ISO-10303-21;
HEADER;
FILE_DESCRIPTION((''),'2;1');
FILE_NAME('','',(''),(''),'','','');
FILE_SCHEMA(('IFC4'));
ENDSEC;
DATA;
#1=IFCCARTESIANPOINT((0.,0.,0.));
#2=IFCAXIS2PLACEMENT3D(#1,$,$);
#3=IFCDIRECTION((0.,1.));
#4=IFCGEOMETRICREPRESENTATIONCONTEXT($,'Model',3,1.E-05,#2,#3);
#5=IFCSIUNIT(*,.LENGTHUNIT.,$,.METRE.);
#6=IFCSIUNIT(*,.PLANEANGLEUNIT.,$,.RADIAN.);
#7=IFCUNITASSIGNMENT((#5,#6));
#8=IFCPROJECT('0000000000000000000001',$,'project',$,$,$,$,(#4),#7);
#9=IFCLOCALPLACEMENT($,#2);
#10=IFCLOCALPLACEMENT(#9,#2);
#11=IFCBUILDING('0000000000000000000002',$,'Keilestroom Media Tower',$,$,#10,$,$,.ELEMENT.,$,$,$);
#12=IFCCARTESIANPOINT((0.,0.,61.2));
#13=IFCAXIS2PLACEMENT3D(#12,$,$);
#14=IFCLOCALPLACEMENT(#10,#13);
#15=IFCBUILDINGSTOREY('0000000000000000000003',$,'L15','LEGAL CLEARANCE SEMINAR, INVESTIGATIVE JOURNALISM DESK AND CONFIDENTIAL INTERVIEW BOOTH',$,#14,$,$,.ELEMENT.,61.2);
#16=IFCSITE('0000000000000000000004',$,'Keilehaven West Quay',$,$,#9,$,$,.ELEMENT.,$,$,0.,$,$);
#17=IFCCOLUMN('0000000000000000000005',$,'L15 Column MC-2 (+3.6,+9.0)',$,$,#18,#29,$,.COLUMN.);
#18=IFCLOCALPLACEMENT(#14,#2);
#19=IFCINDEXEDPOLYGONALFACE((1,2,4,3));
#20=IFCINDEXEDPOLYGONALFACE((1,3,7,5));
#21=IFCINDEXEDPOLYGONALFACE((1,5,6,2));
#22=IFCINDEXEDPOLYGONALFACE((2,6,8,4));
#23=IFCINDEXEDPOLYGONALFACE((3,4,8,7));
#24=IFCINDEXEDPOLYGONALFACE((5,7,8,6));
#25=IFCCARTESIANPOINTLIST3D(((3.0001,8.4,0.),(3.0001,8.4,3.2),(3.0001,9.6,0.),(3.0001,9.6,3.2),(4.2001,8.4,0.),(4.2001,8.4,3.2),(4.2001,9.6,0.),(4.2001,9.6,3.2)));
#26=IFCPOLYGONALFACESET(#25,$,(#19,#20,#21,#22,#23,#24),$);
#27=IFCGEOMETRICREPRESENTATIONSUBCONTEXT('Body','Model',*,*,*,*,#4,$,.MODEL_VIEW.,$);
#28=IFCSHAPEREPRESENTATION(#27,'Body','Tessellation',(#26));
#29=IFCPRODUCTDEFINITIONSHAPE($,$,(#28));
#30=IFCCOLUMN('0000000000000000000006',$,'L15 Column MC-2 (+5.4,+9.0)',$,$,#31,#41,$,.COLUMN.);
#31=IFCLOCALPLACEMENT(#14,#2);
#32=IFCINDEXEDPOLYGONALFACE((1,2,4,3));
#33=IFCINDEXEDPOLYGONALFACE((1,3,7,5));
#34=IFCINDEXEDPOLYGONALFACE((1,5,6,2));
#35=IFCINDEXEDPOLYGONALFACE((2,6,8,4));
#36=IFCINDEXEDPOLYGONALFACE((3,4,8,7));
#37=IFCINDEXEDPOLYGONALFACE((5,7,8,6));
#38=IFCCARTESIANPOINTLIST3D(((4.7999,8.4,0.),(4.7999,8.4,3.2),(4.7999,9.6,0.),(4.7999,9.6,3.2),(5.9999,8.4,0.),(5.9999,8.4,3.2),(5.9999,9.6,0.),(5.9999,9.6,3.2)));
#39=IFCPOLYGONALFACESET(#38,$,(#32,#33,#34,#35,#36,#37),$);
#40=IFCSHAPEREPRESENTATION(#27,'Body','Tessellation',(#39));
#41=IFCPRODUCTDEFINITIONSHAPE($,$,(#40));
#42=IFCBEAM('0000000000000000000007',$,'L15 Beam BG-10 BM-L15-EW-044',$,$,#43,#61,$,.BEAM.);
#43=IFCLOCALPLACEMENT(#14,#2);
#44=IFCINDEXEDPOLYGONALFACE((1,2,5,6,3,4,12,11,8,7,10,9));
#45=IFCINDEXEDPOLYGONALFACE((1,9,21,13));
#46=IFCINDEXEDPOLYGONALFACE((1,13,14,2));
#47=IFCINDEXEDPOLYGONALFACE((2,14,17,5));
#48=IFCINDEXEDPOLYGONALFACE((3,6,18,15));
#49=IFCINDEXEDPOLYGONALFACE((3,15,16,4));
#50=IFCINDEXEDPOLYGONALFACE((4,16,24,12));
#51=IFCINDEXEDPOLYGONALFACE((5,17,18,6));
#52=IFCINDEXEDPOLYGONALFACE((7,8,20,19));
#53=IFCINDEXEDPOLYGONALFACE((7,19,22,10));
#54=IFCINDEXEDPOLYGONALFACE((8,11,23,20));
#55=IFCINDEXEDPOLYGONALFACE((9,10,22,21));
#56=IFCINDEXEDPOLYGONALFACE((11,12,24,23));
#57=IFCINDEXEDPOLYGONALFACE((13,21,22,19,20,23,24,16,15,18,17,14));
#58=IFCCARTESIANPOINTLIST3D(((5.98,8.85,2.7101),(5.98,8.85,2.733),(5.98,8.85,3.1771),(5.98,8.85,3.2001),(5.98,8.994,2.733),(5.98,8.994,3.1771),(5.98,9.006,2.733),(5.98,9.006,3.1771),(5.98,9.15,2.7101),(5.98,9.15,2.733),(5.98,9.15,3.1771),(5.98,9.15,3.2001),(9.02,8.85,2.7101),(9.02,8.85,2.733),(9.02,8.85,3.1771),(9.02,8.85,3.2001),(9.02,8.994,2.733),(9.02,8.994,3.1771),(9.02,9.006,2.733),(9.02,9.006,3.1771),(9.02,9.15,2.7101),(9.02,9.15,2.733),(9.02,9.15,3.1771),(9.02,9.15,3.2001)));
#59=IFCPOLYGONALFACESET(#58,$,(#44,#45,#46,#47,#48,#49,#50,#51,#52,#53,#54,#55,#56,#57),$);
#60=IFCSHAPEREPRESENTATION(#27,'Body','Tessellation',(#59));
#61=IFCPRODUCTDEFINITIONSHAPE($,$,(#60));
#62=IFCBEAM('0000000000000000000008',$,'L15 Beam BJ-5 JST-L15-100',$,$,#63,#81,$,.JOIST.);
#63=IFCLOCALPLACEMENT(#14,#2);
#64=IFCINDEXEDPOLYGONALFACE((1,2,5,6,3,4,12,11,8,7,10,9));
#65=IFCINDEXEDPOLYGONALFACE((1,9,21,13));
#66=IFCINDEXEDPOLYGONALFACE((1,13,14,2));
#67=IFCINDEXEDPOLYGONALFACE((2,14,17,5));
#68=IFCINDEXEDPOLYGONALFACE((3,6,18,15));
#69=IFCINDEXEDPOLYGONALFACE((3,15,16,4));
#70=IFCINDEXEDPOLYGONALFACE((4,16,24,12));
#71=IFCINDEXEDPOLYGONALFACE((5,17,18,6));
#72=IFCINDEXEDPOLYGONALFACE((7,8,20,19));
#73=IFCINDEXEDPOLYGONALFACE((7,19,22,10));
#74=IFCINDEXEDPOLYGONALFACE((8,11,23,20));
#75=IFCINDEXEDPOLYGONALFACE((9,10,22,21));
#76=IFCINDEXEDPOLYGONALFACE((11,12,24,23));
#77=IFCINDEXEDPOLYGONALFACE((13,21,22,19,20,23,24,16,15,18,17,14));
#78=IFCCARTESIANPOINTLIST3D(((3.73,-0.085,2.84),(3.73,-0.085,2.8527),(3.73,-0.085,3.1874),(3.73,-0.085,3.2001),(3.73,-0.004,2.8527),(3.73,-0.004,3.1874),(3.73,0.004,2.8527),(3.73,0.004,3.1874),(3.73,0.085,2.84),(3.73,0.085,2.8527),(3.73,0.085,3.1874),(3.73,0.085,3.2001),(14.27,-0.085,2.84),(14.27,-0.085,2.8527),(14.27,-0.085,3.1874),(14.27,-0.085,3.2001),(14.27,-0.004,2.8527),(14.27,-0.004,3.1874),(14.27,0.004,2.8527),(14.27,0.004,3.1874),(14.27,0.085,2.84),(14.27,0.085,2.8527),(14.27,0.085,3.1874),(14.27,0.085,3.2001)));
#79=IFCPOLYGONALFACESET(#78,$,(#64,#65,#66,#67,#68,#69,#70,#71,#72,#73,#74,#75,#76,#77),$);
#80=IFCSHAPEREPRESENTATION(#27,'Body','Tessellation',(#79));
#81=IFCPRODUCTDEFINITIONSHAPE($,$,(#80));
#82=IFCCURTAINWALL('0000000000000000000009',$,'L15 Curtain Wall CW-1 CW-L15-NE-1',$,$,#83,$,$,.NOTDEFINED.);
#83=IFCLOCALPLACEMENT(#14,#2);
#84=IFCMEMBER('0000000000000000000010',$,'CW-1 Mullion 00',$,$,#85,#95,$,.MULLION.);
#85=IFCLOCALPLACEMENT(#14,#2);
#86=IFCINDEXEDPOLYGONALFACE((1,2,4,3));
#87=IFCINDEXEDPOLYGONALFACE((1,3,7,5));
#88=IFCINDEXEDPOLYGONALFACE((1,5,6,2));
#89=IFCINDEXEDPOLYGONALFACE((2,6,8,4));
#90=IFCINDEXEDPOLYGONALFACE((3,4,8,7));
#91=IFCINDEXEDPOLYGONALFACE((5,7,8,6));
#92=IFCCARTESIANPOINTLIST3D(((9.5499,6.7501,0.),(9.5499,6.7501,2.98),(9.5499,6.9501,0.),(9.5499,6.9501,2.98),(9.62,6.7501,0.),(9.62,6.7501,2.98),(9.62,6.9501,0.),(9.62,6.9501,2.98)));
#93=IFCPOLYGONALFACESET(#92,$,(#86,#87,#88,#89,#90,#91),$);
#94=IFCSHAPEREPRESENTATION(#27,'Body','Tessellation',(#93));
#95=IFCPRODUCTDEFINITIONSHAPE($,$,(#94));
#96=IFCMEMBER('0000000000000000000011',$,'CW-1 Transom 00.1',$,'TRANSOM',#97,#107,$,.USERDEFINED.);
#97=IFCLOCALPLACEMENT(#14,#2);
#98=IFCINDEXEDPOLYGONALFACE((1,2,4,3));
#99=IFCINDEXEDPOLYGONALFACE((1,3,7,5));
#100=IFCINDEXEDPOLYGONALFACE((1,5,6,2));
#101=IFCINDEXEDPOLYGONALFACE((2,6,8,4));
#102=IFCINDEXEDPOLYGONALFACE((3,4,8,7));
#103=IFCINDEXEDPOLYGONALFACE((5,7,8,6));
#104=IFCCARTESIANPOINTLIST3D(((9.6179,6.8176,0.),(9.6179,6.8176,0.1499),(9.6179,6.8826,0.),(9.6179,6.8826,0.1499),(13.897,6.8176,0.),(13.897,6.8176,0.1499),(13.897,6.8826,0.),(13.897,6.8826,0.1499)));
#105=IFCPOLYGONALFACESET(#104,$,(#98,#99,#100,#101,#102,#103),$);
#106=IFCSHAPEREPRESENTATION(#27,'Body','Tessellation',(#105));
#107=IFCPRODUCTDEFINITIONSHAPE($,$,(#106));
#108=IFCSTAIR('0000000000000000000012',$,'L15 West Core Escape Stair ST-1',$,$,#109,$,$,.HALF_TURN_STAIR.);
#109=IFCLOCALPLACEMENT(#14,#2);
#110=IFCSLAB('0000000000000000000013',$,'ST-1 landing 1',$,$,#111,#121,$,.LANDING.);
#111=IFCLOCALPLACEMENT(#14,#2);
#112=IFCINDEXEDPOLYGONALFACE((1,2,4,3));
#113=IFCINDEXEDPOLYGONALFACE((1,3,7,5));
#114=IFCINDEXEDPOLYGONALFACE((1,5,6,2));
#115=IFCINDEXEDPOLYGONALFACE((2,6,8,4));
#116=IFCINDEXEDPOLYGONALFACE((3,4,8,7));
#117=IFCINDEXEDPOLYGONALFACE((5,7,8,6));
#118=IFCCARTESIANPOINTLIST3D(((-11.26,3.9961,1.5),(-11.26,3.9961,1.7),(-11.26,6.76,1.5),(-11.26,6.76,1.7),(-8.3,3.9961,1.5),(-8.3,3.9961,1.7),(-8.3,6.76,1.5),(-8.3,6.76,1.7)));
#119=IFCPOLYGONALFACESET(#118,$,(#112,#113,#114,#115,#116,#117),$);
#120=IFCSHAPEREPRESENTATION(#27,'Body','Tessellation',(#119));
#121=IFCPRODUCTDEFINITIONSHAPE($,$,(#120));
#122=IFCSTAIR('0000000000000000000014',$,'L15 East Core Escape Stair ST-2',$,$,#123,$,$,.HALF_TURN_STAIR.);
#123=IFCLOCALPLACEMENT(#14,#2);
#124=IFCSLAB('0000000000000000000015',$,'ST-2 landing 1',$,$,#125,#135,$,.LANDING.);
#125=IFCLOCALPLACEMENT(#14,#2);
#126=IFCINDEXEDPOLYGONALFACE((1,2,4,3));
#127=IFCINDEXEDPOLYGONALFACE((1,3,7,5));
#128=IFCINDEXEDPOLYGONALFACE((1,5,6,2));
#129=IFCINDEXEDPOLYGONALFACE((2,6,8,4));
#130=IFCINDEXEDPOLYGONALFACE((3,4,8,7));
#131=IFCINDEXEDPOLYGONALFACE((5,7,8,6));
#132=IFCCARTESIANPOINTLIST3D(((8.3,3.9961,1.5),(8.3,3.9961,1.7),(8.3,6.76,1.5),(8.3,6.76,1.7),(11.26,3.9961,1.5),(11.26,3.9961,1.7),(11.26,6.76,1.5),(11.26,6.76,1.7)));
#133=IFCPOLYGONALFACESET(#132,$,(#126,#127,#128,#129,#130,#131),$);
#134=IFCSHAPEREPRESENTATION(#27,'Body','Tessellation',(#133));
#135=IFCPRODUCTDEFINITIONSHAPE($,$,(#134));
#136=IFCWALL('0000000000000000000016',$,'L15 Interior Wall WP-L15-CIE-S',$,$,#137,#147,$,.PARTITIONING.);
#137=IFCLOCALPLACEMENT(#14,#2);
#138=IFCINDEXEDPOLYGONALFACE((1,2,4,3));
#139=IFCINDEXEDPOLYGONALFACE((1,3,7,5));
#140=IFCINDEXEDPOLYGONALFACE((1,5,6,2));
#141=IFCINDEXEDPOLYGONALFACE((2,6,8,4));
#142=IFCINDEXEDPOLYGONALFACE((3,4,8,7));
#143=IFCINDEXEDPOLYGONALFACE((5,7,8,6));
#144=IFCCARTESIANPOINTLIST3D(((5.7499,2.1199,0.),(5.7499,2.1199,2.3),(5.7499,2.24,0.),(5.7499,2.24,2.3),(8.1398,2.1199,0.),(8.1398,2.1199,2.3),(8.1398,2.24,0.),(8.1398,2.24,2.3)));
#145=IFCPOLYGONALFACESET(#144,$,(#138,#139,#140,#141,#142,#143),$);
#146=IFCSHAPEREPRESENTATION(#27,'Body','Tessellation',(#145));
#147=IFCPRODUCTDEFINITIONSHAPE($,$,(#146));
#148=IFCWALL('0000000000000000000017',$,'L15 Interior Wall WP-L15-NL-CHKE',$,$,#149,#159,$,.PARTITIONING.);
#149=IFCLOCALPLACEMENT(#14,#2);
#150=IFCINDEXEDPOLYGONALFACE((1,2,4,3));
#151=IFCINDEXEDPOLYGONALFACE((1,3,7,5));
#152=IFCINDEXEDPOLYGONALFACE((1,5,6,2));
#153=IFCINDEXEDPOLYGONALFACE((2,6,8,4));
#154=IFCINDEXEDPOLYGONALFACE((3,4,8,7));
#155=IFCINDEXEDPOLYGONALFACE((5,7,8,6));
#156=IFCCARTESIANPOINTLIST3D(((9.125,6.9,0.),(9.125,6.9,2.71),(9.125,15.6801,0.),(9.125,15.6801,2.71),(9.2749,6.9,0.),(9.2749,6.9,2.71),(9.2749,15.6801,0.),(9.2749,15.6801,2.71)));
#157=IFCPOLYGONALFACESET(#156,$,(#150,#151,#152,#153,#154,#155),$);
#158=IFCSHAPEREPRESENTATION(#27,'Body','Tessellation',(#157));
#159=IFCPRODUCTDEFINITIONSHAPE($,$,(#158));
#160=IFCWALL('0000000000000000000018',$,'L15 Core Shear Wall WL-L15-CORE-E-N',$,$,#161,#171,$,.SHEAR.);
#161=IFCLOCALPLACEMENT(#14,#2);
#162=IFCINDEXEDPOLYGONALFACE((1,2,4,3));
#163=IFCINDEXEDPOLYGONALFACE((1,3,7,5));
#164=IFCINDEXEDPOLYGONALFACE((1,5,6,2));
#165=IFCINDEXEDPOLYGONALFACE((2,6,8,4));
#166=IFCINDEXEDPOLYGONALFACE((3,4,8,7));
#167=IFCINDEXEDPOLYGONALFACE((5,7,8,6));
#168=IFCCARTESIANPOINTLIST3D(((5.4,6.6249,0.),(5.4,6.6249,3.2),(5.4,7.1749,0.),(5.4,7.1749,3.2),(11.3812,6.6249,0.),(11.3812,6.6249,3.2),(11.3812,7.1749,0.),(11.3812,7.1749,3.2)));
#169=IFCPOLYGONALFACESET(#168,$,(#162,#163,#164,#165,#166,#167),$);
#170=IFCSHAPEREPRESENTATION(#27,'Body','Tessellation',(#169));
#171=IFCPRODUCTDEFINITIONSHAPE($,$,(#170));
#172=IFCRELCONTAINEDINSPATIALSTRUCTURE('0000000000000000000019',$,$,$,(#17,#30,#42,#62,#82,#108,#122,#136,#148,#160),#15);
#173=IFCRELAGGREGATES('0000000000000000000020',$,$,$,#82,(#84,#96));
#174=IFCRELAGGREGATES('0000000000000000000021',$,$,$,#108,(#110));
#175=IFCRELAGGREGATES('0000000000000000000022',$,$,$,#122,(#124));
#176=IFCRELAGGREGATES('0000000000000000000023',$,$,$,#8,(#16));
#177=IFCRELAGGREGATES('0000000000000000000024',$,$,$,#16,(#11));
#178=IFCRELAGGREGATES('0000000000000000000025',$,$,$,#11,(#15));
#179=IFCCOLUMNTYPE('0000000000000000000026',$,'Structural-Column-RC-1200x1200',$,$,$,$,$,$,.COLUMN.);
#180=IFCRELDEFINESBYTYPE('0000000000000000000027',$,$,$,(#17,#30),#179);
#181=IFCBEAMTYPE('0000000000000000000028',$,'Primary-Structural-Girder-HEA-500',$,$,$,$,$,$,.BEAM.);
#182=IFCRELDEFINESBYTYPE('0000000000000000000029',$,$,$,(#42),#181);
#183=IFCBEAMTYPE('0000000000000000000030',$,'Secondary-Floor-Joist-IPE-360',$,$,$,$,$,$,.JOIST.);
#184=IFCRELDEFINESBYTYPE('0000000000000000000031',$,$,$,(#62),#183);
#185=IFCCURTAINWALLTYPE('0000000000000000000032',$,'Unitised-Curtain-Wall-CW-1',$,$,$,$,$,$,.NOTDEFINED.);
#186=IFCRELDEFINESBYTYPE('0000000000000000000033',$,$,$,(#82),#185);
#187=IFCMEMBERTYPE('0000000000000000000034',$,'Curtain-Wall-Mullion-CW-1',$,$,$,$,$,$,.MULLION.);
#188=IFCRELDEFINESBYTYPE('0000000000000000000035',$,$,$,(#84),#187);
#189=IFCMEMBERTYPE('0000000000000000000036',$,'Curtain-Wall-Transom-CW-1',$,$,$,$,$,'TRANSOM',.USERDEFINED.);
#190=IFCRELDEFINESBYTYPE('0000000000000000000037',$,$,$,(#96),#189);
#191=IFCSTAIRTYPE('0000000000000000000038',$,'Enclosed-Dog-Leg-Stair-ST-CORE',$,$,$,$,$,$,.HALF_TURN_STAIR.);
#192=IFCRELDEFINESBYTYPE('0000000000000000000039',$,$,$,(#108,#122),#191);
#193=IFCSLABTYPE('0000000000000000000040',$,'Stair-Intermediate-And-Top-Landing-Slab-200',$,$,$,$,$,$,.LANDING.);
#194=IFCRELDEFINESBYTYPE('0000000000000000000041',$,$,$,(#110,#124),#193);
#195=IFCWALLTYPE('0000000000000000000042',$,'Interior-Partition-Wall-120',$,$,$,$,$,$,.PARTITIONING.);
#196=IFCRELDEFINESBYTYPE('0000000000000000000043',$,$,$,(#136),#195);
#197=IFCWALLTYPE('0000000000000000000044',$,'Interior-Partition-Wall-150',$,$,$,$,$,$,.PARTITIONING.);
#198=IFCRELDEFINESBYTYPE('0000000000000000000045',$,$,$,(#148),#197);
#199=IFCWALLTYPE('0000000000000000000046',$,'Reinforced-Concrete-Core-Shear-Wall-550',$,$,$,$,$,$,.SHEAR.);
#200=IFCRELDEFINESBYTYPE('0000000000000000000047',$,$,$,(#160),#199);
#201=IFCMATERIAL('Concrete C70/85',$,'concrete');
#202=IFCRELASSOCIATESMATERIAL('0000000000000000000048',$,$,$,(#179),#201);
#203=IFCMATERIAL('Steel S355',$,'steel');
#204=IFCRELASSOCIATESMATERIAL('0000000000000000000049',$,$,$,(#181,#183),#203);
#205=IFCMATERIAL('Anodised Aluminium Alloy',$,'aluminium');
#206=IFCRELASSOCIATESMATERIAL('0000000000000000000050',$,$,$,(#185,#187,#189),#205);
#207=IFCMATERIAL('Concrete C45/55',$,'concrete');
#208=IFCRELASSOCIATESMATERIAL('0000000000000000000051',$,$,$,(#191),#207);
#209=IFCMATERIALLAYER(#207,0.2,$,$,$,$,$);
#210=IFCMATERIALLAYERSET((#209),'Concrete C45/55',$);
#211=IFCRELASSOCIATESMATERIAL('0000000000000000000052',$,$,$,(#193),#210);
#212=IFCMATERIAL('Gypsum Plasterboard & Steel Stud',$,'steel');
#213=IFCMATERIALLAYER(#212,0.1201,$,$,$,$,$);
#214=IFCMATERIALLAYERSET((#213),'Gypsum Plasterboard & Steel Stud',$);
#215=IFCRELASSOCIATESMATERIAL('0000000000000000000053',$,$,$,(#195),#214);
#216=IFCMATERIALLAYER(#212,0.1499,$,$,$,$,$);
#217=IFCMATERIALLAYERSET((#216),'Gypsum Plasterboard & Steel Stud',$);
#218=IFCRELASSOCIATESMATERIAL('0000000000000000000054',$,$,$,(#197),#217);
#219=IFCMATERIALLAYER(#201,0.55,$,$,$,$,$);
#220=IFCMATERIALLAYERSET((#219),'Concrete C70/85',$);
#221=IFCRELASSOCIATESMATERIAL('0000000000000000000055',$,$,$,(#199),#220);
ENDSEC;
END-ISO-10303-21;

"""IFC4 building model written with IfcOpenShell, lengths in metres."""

from ifc_helpers import new_model, si_unit, direction, frame, frame_2d, origin, origin_2d, place, context, subcontext, project, spatial, polyline, rectangle, i_section, outline, extrude, source, transform, mapped, material, layer, layer_set, material_profile, profile_set, type_object, element, aggregate, save


model = new_model("IFC4")

# Units and contexts
model_context = context("Model", 3, precision=1e-05, world=origin(), true_north=direction((0.0, 1.0)))
body_context = subcontext(model_context, "Body", "Model", "MODEL_VIEW")
ifc_project = project(units=[si_unit("LENGTHUNIT", "METRE"), si_unit("PLANEANGLEUNIT", "RADIAN")], contexts=[model_context])

# Site, building, storey
site_placement = place(None, origin())
site = spatial("IfcSite", under=ifc_project, at=site_placement, Name="Keilehaven West Quay", CompositionType="ELEMENT", RefElevation=0.0)
building_placement = place(site_placement, origin())
building = spatial("IfcBuilding", under=site, at=building_placement, Name="Keilestroom Media Tower", CompositionType="ELEMENT")
storey_placement = place(building_placement, frame((0.0, 0.0, 61.2)))
storey = spatial("IfcBuildingStorey", under=building, at=storey_placement, Name="L15", Description="LEGAL CLEARANCE SEMINAR, INVESTIGATIVE JOURNALISM DESK AND CONFIDENTIAL INTERVIEW BOOTH", CompositionType="ELEMENT", Elevation=61.2)

# Columns
ifc_material_1 = material(Name="Concrete C70/85", Category="concrete")
ifc_material_profile_1 = material_profile(ifc_material_1, rectangle(XDim=1.2, YDim=1.2, at=origin_2d()), Name="RC 1200x1200")
ifc_profile_set_1 = profile_set([ifc_material_profile_1], Name="Concrete C70/85")
column_type = type_object("IfcColumnType", Name="Structural-Column-RC-1200x1200", PredefinedType="COLUMN", material=ifc_profile_set_1)
shared_shape_1 = source(origin(), body_context, "Body", "SweptSolid", [
    extrude(rectangle(XDim=1.2, YDim=1.2, at=origin_2d()), origin(), (0.0, 0.0, 1.0), 3.2),
])
for number, where, z_axis, x_axis, name in (
    (1, (3.6001, 9.0, 0.0), (0.0, 0.0, 1.0), (1.0, 0.0, 0.0), "L15 Column MC-2 (+3.6,+9.0)"),
    (2, (5.3999, 9.0, 0.0), (0.0, 0.0, 1.0), (1.0, 0.0, 0.0), "L15 Column MC-2 (+5.4,+9.0)"),
):
    element("IfcColumn", number, at=place(storey_placement, frame(where, z_axis=z_axis, x_axis=x_axis)), inside=storey, type_object=column_type, Name=name, PredefinedType="COLUMN", context=body_context, shape_type="MappedRepresentation", body=[
        mapped(shared_shape_1, transform((0.0, 0.0, 0.0), x_axis=(1.0, 0.0, 0.0), y_axis=(0.0, 1.0, 0.0), z_axis=(0.0, 0.0, 1.0), scale=1.0)),
    ])

# Beams
ifc_material_2 = material(Name="Steel S355", Category="steel")
ifc_material_profile_2 = material_profile(ifc_material_2, i_section(OverallWidth=0.3, OverallDepth=0.49, WebThickness=0.012, FlangeThickness=0.0229, at=origin_2d()), Name="HEA 500")
ifc_profile_set_2 = profile_set([ifc_material_profile_2], Name="Steel S355")
beam_type_1 = type_object("IfcBeamType", Name="Primary-Structural-Girder-HEA-500", PredefinedType="BEAM", material=ifc_profile_set_2)
shared_shape_2 = source(origin(), body_context, "Body", "SweptSolid", [
    extrude(i_section(OverallWidth=0.3, OverallDepth=0.49, WebThickness=0.012, FlangeThickness=0.0229, at=origin_2d()), origin(), (0.0, 0.0, 1.0), 3.04),
])
beam_1_placement = place(storey_placement, frame((5.98, 9.0, 2.9551), z_axis=(1.0, 0.0, 0.0), x_axis=(0.0, 1.0, 0.0)))
element("IfcBeam", 3, at=beam_1_placement, inside=storey, type_object=beam_type_1, Name="L15 Beam BG-10 BM-L15-EW-044", PredefinedType="BEAM", context=body_context, shape_type="MappedRepresentation", body=[
    mapped(shared_shape_2, transform((0.0, 0.0, 0.0), x_axis=(1.0, 0.0, 0.0), y_axis=(0.0, 1.0, 0.0), z_axis=(0.0, 0.0, 1.0), scale=1.0)),
])
ifc_material_profile_3 = material_profile(ifc_material_2, i_section(OverallWidth=0.1699, OverallDepth=0.3601, WebThickness=0.0081, FlangeThickness=0.0127, at=origin_2d()), Name="IPE 360")
ifc_profile_set_3 = profile_set([ifc_material_profile_3], Name="Steel S355")
beam_type_2 = type_object("IfcBeamType", Name="Secondary-Floor-Joist-IPE-360", PredefinedType="JOIST", material=ifc_profile_set_3)
shared_shape_3 = source(origin(), body_context, "Body", "SweptSolid", [
    extrude(i_section(OverallWidth=0.1699, OverallDepth=0.3601, WebThickness=0.0081, FlangeThickness=0.0127, at=origin_2d()), origin(), (0.0, 0.0, 1.0), 10.54),
])
beam_2_placement = place(storey_placement, frame((3.73, 0.0, 3.02), z_axis=(1.0, 0.0, 0.0), x_axis=(0.0, 1.0, 0.0)))
element("IfcBeam", 4, at=beam_2_placement, inside=storey, type_object=beam_type_2, Name="L15 Beam BJ-5 JST-L15-100", PredefinedType="JOIST", context=body_context, shape_type="MappedRepresentation", body=[
    mapped(shared_shape_3, transform((0.0, 0.0, 0.0), x_axis=(1.0, 0.0, 0.0), y_axis=(0.0, 1.0, 0.0), z_axis=(0.0, 0.0, 1.0), scale=1.0)),
])

# Curtain wall, members
ifc_material_3 = material(Name="Anodised Aluminium Alloy", Category="aluminium")
curtain_wall_type = type_object("IfcCurtainWallType", Name="Unitised-Curtain-Wall-CW-1", PredefinedType="NOTDEFINED", material=ifc_material_3)
curtain_wall_placement = place(storey_placement, origin())
curtain_wall = element("IfcCurtainWall", 5, at=curtain_wall_placement, inside=storey, type_object=curtain_wall_type, Name="L15 Curtain Wall CW-1 CW-L15-NE-1", PredefinedType="NOTDEFINED")
ifc_material_profile_4 = material_profile(ifc_material_3, rectangle(XDim=0.0701, YDim=0.2, at=origin_2d()), Name="ALU MULLION 70x200")
ifc_profile_set_4 = profile_set([ifc_material_profile_4], Name="Anodised Aluminium Alloy")
member_type_1 = type_object("IfcMemberType", Name="Curtain-Wall-Mullion-CW-1", PredefinedType="MULLION", material=ifc_profile_set_4)
shared_shape_4 = source(origin(), body_context, "Body", "SweptSolid", [
    extrude(rectangle(XDim=0.0701, YDim=0.2, at=origin_2d()), origin(), (0.0, 0.0, 1.0), 2.98),
])
member_1_placement = place(storey_placement, frame((9.585, 6.8501, 0.0), z_axis=(0.0, 0.0, 1.0), x_axis=(1.0, 0.0, 0.0)))
member_1 = element("IfcMember", 6, at=member_1_placement, type_object=member_type_1, Name="CW-1 Mullion 00", PredefinedType="MULLION", context=body_context, shape_type="MappedRepresentation", body=[
    mapped(shared_shape_4, transform((0.0, 0.0, 0.0), x_axis=(1.0, 0.0, 0.0), y_axis=(0.0, 1.0, 0.0), z_axis=(0.0, 0.0, 1.0), scale=1.0)),
])
ifc_material_profile_5 = material_profile(ifc_material_3, rectangle(XDim=0.0649, YDim=0.1499, at=origin_2d()), Name="ALU TRANSOM 65x150")
ifc_profile_set_5 = profile_set([ifc_material_profile_5], Name="Anodised Aluminium Alloy")
member_type_2 = type_object("IfcMemberType", Name="Curtain-Wall-Transom-CW-1", ElementType="TRANSOM", PredefinedType="USERDEFINED", material=ifc_profile_set_5)
shared_shape_5 = source(origin(), body_context, "Body", "SweptSolid", [
    extrude(rectangle(XDim=0.0649, YDim=0.1499, at=origin_2d()), origin(), (0.0, 0.0, 1.0), 4.2791),
])
member_2_placement = place(storey_placement, frame((9.6179, 6.8501, 0.075), z_axis=(1.0, 0.0, 0.0), x_axis=(0.0, 1.0, 0.0)))
member_2 = element("IfcMember", 7, at=member_2_placement, type_object=member_type_2, Name="CW-1 Transom 00.1", ObjectType="TRANSOM", PredefinedType="USERDEFINED", context=body_context, shape_type="MappedRepresentation", body=[
    mapped(shared_shape_5, transform((0.0, 0.0, 0.0), x_axis=(1.0, 0.0, 0.0), y_axis=(0.0, 1.0, 0.0), z_axis=(0.0, 0.0, 1.0), scale=1.0)),
])
aggregate(curtain_wall, [member_1, member_2])

# Stairs, slabs
ifc_material_4 = material(Name="Concrete C45/55", Category="concrete")
stair_type = type_object("IfcStairType", Name="Enclosed-Dog-Leg-Stair-ST-CORE", PredefinedType="HALF_TURN_STAIR", material=ifc_material_4)
stair_1_placement = place(storey_placement, origin())
stair_1 = element("IfcStair", 8, at=stair_1_placement, inside=storey, type_object=stair_type, Name="L15 West Core Escape Stair ST-1", PredefinedType="HALF_TURN_STAIR")
ifc_layer_1 = layer(ifc_material_4, 0.2)
ifc_layer_set_1 = layer_set([ifc_layer_1], Name="Concrete C45/55")
slab_type = type_object("IfcSlabType", Name="Stair-Intermediate-And-Top-Landing-Slab-200", PredefinedType="LANDING", material=ifc_layer_set_1)
slab_1_placement = place(storey_placement, frame((0.0, 0.0, 1.5)))
slab_1 = element("IfcSlab", 9, at=slab_1_placement, type_object=slab_type, Name="ST-1 landing 1", PredefinedType="LANDING", context=body_context, shape_type="SweptSolid", body=[
    extrude(outline(polyline([(-8.3, 3.9961), (-8.3, 6.76), (-11.26, 6.76), (-11.26, 3.9961), (-8.3, 3.9961)])), origin(), (0.0, 0.0, 1.0), 0.2),
])
aggregate(stair_1, [slab_1])
stair_2_placement = place(storey_placement, origin())
stair_2 = element("IfcStair", 10, at=stair_2_placement, inside=storey, type_object=stair_type, Name="L15 East Core Escape Stair ST-2", PredefinedType="HALF_TURN_STAIR")
slab_2_placement = place(storey_placement, frame((0.0, 0.0, 1.5)))
slab_2 = element("IfcSlab", 11, at=slab_2_placement, type_object=slab_type, Name="ST-2 landing 1", PredefinedType="LANDING", context=body_context, shape_type="SweptSolid", body=[
    extrude(outline(polyline([(11.26, 3.9961), (11.26, 6.76), (8.3, 6.76), (8.3, 3.9961), (11.26, 3.9961)])), origin(), (0.0, 0.0, 1.0), 0.2),
])

# Walls
ifc_material_5 = material(Name="Gypsum Plasterboard & Steel Stud", Category="steel")
ifc_layer_2 = layer(ifc_material_5, 0.1201)
ifc_layer_set_2 = layer_set([ifc_layer_2], Name="Gypsum Plasterboard & Steel Stud")
wall_type_1 = type_object("IfcWallType", Name="Interior-Partition-Wall-120", PredefinedType="PARTITIONING", material=ifc_layer_set_2)
wall_1_placement = place(storey_placement, frame((5.75, 2.1799, 0.0), z_axis=(0.0, 0.0, 1.0), x_axis=(1.0, 0.0, 0.0)))
element("IfcWall", 12, at=wall_1_placement, inside=storey, type_object=wall_type_1, Name="L15 Interior Wall WP-L15-CIE-S", PredefinedType="PARTITIONING", context=body_context, shape_type="SweptSolid", body=[
    extrude(rectangle(XDim=2.3899, YDim=0.1201, at=frame_2d((1.1948, 0.0))), origin(), (0.0, 0.0, 1.0), 2.3),
])
ifc_layer_3 = layer(ifc_material_5, 0.1499)
ifc_layer_set_3 = layer_set([ifc_layer_3], Name="Gypsum Plasterboard & Steel Stud")
wall_type_2 = type_object("IfcWallType", Name="Interior-Partition-Wall-150", PredefinedType="PARTITIONING", material=ifc_layer_set_3)
wall_2_placement = place(storey_placement, frame((9.2, 6.8999, 0.0), z_axis=(0.0, 0.0, 1.0), x_axis=(0.0, 1.0, 0.0)))
element("IfcWall", 13, at=wall_2_placement, inside=storey, type_object=wall_type_2, Name="L15 Interior Wall WP-L15-NL-CHKE", PredefinedType="PARTITIONING", context=body_context, shape_type="SweptSolid", body=[
    extrude(rectangle(XDim=8.78, YDim=0.1499, at=frame_2d((4.3901, 0.0))), origin(), (0.0, 0.0, 1.0), 2.71),
])
ifc_layer_4 = layer(ifc_material_1, 0.55)
ifc_layer_set_4 = layer_set([ifc_layer_4], Name="Concrete C70/85")
wall_type_3 = type_object("IfcWallType", Name="Reinforced-Concrete-Core-Shear-Wall-550", PredefinedType="SHEAR", material=ifc_layer_set_4)
wall_3_placement = place(storey_placement, frame((5.3999, 6.8999, 0.0), z_axis=(0.0, 0.0, 1.0), x_axis=(1.0, 0.0, 0.0)))
element("IfcWall", 14, at=wall_3_placement, inside=storey, type_object=wall_type_3, Name="L15 Core Shear Wall WL-L15-CORE-E-N", PredefinedType="SHEAR", context=body_context, shape_type="SweptSolid", body=[
    extrude(rectangle(XDim=5.9812, YDim=0.55, at=frame_2d((2.9907, 0.0))), origin(), (0.0, 0.0, 1.0), 3.2),
])

aggregate(stair_2, [slab_2])

save(model, "model.ifc")
